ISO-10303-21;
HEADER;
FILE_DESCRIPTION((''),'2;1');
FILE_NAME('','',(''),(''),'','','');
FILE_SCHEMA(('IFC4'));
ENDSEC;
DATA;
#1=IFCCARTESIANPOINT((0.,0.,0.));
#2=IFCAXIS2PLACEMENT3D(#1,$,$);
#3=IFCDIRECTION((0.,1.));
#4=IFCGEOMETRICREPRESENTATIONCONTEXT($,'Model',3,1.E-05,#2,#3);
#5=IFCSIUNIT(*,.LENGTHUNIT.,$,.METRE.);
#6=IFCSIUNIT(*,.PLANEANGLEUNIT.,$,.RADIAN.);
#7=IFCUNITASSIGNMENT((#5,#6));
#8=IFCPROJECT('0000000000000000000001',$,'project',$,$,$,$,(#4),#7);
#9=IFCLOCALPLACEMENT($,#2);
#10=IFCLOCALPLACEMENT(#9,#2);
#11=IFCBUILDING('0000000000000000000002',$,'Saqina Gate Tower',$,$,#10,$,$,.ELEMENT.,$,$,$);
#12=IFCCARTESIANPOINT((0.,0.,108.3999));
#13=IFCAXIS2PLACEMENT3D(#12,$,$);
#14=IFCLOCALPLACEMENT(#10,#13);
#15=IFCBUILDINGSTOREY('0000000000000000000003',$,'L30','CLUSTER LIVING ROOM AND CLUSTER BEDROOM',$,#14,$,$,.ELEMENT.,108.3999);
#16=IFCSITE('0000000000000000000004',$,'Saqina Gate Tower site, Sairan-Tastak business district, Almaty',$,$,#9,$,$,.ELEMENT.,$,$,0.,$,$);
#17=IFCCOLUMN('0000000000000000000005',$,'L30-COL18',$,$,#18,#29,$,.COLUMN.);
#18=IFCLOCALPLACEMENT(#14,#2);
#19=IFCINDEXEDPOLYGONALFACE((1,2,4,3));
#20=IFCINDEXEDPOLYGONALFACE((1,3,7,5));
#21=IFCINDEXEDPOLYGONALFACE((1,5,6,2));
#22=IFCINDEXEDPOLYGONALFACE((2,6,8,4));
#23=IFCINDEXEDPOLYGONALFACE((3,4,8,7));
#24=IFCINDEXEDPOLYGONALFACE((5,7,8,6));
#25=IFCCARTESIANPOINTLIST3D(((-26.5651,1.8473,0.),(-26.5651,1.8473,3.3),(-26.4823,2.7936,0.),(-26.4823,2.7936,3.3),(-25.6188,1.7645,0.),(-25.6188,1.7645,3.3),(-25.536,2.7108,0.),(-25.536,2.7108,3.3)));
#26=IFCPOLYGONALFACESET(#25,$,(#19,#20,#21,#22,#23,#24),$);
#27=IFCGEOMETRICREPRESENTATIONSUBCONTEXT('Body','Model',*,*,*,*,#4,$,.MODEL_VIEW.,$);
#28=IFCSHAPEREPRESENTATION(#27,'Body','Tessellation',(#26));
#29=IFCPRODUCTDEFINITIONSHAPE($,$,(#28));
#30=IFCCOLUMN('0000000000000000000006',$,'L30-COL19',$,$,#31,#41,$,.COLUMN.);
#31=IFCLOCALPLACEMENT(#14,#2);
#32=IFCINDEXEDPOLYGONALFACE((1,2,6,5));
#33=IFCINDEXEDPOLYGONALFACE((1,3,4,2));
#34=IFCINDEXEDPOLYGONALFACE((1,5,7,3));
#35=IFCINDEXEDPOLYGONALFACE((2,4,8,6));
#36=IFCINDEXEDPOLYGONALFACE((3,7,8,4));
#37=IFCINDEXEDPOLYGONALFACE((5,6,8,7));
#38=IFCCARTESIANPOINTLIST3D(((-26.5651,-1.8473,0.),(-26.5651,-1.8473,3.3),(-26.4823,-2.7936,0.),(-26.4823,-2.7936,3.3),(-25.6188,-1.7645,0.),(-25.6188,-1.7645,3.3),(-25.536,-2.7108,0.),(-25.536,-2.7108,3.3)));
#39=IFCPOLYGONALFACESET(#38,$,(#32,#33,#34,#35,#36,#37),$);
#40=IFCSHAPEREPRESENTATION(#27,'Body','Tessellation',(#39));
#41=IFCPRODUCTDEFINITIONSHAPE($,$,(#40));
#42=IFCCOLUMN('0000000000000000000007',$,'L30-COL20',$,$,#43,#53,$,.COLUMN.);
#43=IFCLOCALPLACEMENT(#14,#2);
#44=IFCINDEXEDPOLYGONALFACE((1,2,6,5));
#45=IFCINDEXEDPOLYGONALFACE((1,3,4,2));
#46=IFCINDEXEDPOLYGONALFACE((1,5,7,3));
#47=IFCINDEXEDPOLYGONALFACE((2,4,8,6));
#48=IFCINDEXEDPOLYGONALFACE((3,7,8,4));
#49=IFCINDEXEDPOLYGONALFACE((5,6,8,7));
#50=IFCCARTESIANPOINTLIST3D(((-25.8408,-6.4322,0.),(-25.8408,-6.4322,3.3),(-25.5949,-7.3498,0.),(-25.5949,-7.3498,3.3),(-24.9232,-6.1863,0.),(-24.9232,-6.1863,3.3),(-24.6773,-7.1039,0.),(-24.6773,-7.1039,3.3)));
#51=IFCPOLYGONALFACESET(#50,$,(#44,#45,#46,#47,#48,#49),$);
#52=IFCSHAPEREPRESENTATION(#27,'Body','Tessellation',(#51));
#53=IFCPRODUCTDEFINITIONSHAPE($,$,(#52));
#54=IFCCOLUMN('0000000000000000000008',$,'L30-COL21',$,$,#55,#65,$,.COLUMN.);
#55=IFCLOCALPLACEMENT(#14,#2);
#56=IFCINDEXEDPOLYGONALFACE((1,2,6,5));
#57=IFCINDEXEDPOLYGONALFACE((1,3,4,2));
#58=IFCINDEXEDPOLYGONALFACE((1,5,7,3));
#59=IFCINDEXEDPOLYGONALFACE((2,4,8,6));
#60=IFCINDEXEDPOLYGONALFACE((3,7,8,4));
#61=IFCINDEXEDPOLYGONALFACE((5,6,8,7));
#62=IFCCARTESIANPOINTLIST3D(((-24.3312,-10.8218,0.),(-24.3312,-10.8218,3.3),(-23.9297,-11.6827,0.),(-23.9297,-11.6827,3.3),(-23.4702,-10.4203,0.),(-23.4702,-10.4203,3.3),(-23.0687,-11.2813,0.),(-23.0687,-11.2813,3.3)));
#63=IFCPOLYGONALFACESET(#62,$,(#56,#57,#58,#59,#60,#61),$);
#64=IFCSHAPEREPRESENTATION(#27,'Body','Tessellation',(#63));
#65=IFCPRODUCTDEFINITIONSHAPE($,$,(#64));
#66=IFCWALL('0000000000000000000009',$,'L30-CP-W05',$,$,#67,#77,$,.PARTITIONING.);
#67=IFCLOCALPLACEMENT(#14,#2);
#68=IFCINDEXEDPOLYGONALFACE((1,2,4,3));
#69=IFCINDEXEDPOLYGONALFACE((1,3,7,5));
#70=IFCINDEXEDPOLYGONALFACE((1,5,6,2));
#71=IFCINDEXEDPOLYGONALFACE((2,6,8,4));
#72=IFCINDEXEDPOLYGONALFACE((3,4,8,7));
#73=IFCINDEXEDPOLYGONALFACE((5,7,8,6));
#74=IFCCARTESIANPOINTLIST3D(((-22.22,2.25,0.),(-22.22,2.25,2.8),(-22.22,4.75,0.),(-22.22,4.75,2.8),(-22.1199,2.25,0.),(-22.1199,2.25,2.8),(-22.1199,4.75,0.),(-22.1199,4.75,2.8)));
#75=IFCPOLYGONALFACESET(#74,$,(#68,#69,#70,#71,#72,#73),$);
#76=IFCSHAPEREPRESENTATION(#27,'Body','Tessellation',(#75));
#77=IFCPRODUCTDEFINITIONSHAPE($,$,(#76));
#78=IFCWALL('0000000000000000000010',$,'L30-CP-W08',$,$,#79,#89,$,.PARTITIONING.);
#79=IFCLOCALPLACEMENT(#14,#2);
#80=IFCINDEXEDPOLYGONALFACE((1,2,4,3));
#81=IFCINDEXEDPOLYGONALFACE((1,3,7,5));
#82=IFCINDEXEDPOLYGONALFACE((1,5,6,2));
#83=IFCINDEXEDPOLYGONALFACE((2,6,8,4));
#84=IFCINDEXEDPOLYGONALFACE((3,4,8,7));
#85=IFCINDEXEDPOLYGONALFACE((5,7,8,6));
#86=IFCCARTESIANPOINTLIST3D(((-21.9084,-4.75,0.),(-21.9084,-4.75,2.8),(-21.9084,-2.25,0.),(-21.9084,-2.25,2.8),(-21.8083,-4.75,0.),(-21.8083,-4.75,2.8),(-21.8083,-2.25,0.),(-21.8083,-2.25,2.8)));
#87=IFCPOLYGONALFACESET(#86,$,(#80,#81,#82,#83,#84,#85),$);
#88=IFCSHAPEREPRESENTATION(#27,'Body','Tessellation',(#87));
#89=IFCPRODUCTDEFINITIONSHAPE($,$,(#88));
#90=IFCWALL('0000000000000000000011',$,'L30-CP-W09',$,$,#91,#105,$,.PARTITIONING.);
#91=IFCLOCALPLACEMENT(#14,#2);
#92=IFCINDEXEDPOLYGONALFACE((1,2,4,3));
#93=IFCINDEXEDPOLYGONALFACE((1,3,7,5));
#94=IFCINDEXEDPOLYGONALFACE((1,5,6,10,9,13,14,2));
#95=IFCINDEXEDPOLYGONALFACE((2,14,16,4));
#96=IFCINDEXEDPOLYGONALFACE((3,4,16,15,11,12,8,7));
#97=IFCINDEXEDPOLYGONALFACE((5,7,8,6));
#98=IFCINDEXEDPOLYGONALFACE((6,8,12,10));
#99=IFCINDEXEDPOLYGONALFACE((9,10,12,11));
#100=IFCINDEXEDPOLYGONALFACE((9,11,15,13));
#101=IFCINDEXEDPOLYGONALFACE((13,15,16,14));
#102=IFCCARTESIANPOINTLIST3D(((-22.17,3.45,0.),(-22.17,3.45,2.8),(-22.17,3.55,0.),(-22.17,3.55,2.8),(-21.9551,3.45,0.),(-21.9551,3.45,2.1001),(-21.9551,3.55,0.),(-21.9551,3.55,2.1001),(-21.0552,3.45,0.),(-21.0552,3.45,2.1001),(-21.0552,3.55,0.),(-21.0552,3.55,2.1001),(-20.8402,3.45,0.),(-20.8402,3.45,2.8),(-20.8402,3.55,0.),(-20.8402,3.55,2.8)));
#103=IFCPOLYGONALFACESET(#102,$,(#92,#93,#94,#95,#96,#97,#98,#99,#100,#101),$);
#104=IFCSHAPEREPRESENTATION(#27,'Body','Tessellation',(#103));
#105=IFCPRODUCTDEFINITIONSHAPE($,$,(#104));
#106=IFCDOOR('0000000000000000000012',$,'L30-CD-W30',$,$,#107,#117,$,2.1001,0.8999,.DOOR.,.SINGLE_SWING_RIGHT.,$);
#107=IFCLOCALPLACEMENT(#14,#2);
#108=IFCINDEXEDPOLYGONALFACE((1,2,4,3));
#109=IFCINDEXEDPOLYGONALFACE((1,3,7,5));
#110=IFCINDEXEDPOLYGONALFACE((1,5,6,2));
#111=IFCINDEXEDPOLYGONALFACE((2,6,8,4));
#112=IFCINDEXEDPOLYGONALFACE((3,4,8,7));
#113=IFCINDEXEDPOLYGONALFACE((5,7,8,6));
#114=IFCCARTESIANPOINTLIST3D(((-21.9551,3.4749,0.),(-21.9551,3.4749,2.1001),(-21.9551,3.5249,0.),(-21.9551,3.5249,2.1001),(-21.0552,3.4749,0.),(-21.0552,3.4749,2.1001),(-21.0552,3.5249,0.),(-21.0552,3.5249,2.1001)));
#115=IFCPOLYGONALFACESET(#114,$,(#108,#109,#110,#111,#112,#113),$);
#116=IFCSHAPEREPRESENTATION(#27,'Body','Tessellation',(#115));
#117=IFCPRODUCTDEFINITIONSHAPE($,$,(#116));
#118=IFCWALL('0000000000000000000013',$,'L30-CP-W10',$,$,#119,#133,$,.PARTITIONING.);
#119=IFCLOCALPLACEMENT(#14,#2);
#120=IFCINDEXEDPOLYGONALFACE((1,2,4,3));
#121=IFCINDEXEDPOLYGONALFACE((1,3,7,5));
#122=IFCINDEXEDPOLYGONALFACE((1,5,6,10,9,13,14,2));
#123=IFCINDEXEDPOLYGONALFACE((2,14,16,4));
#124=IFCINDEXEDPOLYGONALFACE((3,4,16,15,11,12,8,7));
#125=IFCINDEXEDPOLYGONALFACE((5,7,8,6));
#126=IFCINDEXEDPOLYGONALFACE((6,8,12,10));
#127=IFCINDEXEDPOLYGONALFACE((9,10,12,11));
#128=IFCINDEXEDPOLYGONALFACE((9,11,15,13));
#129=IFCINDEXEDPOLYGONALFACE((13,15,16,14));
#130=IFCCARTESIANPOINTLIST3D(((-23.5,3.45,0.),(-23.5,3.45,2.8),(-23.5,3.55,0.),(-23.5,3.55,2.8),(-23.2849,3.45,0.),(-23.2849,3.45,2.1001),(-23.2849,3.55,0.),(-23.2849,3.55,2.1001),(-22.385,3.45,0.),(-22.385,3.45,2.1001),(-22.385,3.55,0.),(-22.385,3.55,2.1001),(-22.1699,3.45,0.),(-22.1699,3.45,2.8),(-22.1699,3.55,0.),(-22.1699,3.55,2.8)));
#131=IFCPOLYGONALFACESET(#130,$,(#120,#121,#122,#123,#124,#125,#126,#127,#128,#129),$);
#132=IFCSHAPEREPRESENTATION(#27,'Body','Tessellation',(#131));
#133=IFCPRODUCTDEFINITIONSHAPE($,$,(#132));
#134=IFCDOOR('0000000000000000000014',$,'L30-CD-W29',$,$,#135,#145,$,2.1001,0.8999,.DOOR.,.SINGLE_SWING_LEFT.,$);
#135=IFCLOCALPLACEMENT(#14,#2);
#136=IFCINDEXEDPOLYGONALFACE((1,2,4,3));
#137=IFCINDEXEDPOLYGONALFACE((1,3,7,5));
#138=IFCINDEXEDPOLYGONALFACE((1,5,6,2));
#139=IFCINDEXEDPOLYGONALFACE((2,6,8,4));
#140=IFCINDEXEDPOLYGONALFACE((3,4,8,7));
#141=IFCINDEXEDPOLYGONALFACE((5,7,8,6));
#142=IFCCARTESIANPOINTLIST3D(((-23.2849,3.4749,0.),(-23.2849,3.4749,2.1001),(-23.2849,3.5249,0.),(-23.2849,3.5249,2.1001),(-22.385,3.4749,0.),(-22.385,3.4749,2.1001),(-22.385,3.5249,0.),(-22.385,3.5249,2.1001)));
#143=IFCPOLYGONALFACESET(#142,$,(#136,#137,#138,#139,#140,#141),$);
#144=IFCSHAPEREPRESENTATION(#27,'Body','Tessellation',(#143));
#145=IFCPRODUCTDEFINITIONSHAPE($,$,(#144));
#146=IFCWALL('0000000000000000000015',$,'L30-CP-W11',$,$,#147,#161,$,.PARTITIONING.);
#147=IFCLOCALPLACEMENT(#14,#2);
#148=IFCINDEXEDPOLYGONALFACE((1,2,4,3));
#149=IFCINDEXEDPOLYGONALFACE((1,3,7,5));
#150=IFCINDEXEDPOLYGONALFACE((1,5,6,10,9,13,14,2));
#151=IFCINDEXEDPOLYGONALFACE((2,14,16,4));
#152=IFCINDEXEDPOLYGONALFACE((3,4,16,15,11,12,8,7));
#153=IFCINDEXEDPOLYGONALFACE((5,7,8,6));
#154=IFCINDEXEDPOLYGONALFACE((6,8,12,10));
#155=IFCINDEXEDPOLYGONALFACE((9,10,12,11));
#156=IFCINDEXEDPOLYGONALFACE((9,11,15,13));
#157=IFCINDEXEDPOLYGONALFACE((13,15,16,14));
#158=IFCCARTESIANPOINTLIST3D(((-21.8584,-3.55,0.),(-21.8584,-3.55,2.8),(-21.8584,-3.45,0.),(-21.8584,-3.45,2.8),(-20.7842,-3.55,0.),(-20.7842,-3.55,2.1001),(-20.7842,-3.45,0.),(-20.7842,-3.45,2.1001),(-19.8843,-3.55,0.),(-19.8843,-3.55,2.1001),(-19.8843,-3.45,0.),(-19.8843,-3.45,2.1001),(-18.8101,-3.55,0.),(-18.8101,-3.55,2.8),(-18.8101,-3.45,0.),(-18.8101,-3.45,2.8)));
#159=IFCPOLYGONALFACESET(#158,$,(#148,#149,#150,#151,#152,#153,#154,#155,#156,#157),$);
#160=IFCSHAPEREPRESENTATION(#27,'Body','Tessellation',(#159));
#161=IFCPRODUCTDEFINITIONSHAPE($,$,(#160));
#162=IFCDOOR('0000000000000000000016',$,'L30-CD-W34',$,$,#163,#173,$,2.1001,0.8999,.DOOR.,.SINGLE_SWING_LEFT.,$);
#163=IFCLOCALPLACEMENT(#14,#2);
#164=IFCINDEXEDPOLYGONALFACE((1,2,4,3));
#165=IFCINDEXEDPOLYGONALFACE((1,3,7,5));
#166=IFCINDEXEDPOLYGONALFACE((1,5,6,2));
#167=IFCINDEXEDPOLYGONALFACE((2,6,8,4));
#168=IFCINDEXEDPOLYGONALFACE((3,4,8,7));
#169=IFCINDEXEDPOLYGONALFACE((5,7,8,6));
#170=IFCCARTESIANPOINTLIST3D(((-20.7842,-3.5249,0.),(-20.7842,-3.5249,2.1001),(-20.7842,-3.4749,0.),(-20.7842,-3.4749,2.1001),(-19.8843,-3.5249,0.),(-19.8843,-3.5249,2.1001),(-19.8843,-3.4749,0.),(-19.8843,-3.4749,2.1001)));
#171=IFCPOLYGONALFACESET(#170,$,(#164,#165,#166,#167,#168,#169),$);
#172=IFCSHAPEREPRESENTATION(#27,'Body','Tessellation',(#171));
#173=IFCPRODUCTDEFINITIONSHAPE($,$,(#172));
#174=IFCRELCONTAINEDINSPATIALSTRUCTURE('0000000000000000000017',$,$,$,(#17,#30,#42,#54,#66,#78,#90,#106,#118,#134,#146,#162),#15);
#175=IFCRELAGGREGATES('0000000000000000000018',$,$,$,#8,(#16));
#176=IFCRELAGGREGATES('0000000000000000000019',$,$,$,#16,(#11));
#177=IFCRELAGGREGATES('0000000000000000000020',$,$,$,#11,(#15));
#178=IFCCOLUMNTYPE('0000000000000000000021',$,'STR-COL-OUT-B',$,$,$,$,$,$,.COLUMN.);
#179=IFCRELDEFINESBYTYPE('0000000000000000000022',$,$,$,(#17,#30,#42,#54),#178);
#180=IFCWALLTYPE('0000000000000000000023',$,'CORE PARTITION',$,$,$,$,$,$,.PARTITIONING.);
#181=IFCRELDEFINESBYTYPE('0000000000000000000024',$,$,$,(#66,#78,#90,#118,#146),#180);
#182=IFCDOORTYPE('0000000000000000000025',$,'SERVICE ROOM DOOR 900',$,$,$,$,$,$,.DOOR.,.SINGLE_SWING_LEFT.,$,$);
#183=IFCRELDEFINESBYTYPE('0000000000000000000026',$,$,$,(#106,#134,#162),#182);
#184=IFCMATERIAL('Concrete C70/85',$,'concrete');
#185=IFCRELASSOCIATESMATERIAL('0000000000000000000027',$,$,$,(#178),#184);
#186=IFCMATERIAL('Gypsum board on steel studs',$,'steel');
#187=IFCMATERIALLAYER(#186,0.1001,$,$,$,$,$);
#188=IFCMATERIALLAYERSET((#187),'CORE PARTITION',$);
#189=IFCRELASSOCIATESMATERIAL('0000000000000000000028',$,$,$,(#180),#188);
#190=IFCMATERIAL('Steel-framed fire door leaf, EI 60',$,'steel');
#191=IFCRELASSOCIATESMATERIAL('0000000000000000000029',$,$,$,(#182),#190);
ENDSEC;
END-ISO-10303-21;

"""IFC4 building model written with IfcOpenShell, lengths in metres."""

from ifc_helpers import new_model, si_unit, direction, frame, frame_2d, origin, origin_2d, place, context, subcontext, project, spatial, rectangle, extrude, material, layer, layer_set, material_profile, profile_set, type_object, element, fill, save


model = new_model("IFC4")

# Units and contexts
model_context = context("Model", 3, precision=1e-05, world=origin(), true_north=direction((0.0, 1.0)))
body_context = subcontext(model_context, "Body", "Model", "MODEL_VIEW")
ifc_project = project(units=[si_unit("LENGTHUNIT", "METRE"), si_unit("PLANEANGLEUNIT", "RADIAN")], contexts=[model_context])

# Site, building, storey
site_placement = place(None, origin())
site = spatial("IfcSite", under=ifc_project, at=site_placement, Name="Saqina Gate Tower site, Sairan-Tastak business district, Almaty", CompositionType="ELEMENT", RefElevation=0.0)
building_placement = place(site_placement, origin())
building = spatial("IfcBuilding", under=site, at=building_placement, Name="Saqina Gate Tower", CompositionType="ELEMENT")
storey_placement = place(building_placement, frame((0.0, 0.0, 108.3999)))
storey = spatial("IfcBuildingStorey", under=building, at=storey_placement, Name="L30", Description="CLUSTER LIVING ROOM AND CLUSTER BEDROOM", CompositionType="ELEMENT", Elevation=108.3999)

# Columns
ifc_material_1 = material(Name="Concrete C70/85", Category="concrete")
ifc_material_profile = material_profile(ifc_material_1, rectangle(XDim=0.95, YDim=0.95, at=origin_2d()), Name="RC 950x950")
ifc_profile_set = profile_set([ifc_material_profile], Name="Concrete C70/85")
column_type = type_object("IfcColumnType", Name="STR-COL-OUT-B", PredefinedType="COLUMN", material=ifc_profile_set)
for number, where, z_axis, x_axis, name in (
    (1, (-26.0505, 2.2791, 0.0), (0.0, 0.0, 1.0), (-0.996195, 0.087156, 0.0), "L30-COL18"),
    (2, (-26.0505, -2.2791, 0.0), (0.0, 0.0, 1.0), (-0.996195, -0.087156, 0.0), "L30-COL19"),
    (3, (-25.259, -6.7681, 0.0), (0.0, 0.0, 1.0), (-0.965926, -0.258819, 0.0), "L30-COL20"),
    (4, (-23.7, -11.0515, 0.0), (0.0, 0.0, 1.0), (-0.906308, -0.422618, 0.0), "L30-COL21"),
):
    element("IfcColumn", number, at=place(storey_placement, frame(where, z_axis=z_axis, x_axis=x_axis)), inside=storey, type_object=column_type, Name=name, PredefinedType="COLUMN", context=body_context, shape_type="SweptSolid", body=[
        extrude(rectangle(XDim=0.95, YDim=0.95, at=origin_2d()), origin(), (0.0, 0.0, 1.0), 3.3),
    ])

# Walls
ifc_material_2 = material(Name="Gypsum board on steel studs", Category="steel")
ifc_layer_1 = layer(ifc_material_2, 0.1001)
ifc_layer_set_1 = layer_set([ifc_layer_1], Name="CORE PARTITION")
wall_type_1 = type_object("IfcWallType", Name="CORE PARTITION", PredefinedType="PARTITIONING", material=ifc_layer_set_1)
for number, where, z_axis, x_axis, name in (
    (5, (-22.1699, 2.25, 0.0), (0.0, 0.0, 1.0), (0.0, 1.0, 0.0), "L30-CP-W05"),
    (6, (-21.8584, -4.75, 0.0), (0.0, 0.0, 1.0), (0.0, 1.0, 0.0), "L30-CP-W08"),
):
    element("IfcWall", number, at=place(storey_placement, frame(where, z_axis=z_axis, x_axis=x_axis)), inside=storey, type_object=wall_type_1, Name=name, PredefinedType="PARTITIONING", context=body_context, shape_type="SweptSolid", body=[
        extrude(rectangle(XDim=2.5, YDim=0.1001, at=frame_2d((1.25, 0.0))), origin(), (0.0, 0.0, 1.0), 2.8),
    ])

# Walls, openings, doors
wall_1_placement = place(storey_placement, frame((-20.8401, 3.5, 0.0), z_axis=(0.0, 0.0, 1.0), x_axis=(-1.0, 0.0, 0.0)))
wall_1 = element("IfcWall", 7, at=wall_1_placement, inside=storey, type_object=wall_type_1, Name="L30-CP-W09", PredefinedType="PARTITIONING", context=body_context, shape_type="SweptSolid", body=[
    extrude(rectangle(XDim=1.3298, YDim=0.1001, at=frame_2d((0.665, 0.0))), origin(), (0.0, 0.0, 1.0), 2.8),
])
opening_1_placement = place(wall_1_placement, frame((0.2151, 0.0, 0.0)))
opening_1 = element("IfcOpeningElement", 8, at=opening_1_placement, cuts=wall_1, PredefinedType="OPENING", context=body_context, shape_type="SweptSolid", body=[
    extrude(rectangle(XDim=0.8999, YDim=2.1001, at=frame_2d((0.45, 1.05))), frame((0.0, 0.062, 0.0), z_axis=(0.0, -1.0, 0.0), x_axis=(1.0, 0.0, 0.0)), (0.0, 0.0, 1.0), 0.124),
])
ifc_material_3 = material(Name="Steel-framed fire door leaf, EI 60", Category="steel")
door_type = type_object("IfcDoorType", Name="SERVICE ROOM DOOR 900", OperationType="SINGLE_SWING_LEFT", PredefinedType="DOOR", material=ifc_material_3)
door_1_placement = place(opening_1_placement, frame((0.8999, 0.0, 0.0), z_axis=(0.0, 0.0, 1.0), x_axis=(-1.0, 0.0, 0.0)))
door_1 = element("IfcDoor", 9, at=door_1_placement, inside=storey, type_object=door_type, Name="L30-CD-W30", OperationType="SINGLE_SWING_RIGHT", OverallHeight=2.1001, OverallWidth=0.8999, PredefinedType="DOOR", context=body_context, shape_type="SweptSolid", body=[
    extrude(rectangle(XDim=0.8999, YDim=2.1001, at=frame_2d((0.45, 1.05))), frame((0.0, 0.0249, 0.0), z_axis=(0.0, -1.0, 0.0), x_axis=(1.0, 0.0, 0.0)), (0.0, 0.0, 1.0), 0.05),
])
fill(opening_1, door_1)
wall_2_placement = place(storey_placement, frame((-22.1699, 3.5, 0.0), z_axis=(0.0, 0.0, 1.0), x_axis=(-1.0, 0.0, 0.0)))
wall_2 = element("IfcWall", 10, at=wall_2_placement, inside=storey, type_object=wall_type_1, Name="L30-CP-W10", PredefinedType="PARTITIONING", context=body_context, shape_type="SweptSolid", body=[
    extrude(rectangle(XDim=1.3301, YDim=0.1001, at=frame_2d((0.665, 0.0))), origin(), (0.0, 0.0, 1.0), 2.8),
])
opening_2_placement = place(wall_2_placement, frame((0.2151, 0.0, 0.0)))
opening_2 = element("IfcOpeningElement", 11, at=opening_2_placement, cuts=wall_2, PredefinedType="OPENING", context=body_context, shape_type="SweptSolid", body=[
    extrude(rectangle(XDim=0.8999, YDim=2.1001, at=frame_2d((0.45, 1.05))), frame((0.0, 0.062, 0.0), z_axis=(0.0, -1.0, 0.0), x_axis=(1.0, 0.0, 0.0)), (0.0, 0.0, 1.0), 0.124),
])
door_2_placement = place(opening_2_placement, frame((0.8999, 0.0, 0.0), z_axis=(0.0, 0.0, 1.0), x_axis=(-1.0, 0.0, 0.0)))
door_2 = element("IfcDoor", 12, at=door_2_placement, inside=storey, type_object=door_type, Name="L30-CD-W29", OperationType="SINGLE_SWING_LEFT", OverallHeight=2.1001, OverallWidth=0.8999, PredefinedType="DOOR", context=body_context, shape_type="SweptSolid", body=[
    extrude(rectangle(XDim=0.8999, YDim=2.1001, at=frame_2d((0.45, 1.05))), frame((0.0, 0.0249, 0.0), z_axis=(0.0, -1.0, 0.0), x_axis=(1.0, 0.0, 0.0)), (0.0, 0.0, 1.0), 0.05),
])
fill(opening_2, door_2)
wall_3_placement = place(storey_placement, frame((-18.8101, -3.5, 0.0), z_axis=(0.0, 0.0, 1.0), x_axis=(-1.0, 0.0, 0.0)))
wall_3 = element("IfcWall", 13, at=wall_3_placement, inside=storey, type_object=wall_type_1, Name="L30-CP-W11", PredefinedType="PARTITIONING", context=body_context, shape_type="SweptSolid", body=[
    extrude(rectangle(XDim=3.0483, YDim=0.1001, at=frame_2d((1.5242, 0.0))), origin(), (0.0, 0.0, 1.0), 2.8),
])
opening_3_placement = place(wall_3_placement, frame((1.0742, 0.0, 0.0)))
opening_3 = element("IfcOpeningElement", 14, at=opening_3_placement, cuts=wall_3, PredefinedType="OPENING", context=body_context, shape_type="SweptSolid", body=[
    extrude(rectangle(XDim=0.8999, YDim=2.1001, at=frame_2d((0.45, 1.05))), frame((0.0, 0.062, 0.0), z_axis=(0.0, -1.0, 0.0), x_axis=(1.0, 0.0, 0.0)), (0.0, 0.0, 1.0), 0.124),
])
door_3_placement = place(opening_3_placement, origin())
door_3 = element("IfcDoor", 15, at=door_3_placement, inside=storey, type_object=door_type, Name="L30-CD-W34", OperationType="SINGLE_SWING_LEFT", OverallHeight=2.1001, OverallWidth=0.8999, PredefinedType="DOOR", context=body_context, shape_type="SweptSolid", body=[
    extrude(rectangle(XDim=0.8999, YDim=2.1001, at=frame_2d((0.45, 1.05))), frame((0.0, 0.0249, 0.0), z_axis=(0.0, -1.0, 0.0), x_axis=(1.0, 0.0, 0.0)), (0.0, 0.0, 1.0), 0.05),
])
fill(opening_3, door_3)

save(model, "model.ifc")
